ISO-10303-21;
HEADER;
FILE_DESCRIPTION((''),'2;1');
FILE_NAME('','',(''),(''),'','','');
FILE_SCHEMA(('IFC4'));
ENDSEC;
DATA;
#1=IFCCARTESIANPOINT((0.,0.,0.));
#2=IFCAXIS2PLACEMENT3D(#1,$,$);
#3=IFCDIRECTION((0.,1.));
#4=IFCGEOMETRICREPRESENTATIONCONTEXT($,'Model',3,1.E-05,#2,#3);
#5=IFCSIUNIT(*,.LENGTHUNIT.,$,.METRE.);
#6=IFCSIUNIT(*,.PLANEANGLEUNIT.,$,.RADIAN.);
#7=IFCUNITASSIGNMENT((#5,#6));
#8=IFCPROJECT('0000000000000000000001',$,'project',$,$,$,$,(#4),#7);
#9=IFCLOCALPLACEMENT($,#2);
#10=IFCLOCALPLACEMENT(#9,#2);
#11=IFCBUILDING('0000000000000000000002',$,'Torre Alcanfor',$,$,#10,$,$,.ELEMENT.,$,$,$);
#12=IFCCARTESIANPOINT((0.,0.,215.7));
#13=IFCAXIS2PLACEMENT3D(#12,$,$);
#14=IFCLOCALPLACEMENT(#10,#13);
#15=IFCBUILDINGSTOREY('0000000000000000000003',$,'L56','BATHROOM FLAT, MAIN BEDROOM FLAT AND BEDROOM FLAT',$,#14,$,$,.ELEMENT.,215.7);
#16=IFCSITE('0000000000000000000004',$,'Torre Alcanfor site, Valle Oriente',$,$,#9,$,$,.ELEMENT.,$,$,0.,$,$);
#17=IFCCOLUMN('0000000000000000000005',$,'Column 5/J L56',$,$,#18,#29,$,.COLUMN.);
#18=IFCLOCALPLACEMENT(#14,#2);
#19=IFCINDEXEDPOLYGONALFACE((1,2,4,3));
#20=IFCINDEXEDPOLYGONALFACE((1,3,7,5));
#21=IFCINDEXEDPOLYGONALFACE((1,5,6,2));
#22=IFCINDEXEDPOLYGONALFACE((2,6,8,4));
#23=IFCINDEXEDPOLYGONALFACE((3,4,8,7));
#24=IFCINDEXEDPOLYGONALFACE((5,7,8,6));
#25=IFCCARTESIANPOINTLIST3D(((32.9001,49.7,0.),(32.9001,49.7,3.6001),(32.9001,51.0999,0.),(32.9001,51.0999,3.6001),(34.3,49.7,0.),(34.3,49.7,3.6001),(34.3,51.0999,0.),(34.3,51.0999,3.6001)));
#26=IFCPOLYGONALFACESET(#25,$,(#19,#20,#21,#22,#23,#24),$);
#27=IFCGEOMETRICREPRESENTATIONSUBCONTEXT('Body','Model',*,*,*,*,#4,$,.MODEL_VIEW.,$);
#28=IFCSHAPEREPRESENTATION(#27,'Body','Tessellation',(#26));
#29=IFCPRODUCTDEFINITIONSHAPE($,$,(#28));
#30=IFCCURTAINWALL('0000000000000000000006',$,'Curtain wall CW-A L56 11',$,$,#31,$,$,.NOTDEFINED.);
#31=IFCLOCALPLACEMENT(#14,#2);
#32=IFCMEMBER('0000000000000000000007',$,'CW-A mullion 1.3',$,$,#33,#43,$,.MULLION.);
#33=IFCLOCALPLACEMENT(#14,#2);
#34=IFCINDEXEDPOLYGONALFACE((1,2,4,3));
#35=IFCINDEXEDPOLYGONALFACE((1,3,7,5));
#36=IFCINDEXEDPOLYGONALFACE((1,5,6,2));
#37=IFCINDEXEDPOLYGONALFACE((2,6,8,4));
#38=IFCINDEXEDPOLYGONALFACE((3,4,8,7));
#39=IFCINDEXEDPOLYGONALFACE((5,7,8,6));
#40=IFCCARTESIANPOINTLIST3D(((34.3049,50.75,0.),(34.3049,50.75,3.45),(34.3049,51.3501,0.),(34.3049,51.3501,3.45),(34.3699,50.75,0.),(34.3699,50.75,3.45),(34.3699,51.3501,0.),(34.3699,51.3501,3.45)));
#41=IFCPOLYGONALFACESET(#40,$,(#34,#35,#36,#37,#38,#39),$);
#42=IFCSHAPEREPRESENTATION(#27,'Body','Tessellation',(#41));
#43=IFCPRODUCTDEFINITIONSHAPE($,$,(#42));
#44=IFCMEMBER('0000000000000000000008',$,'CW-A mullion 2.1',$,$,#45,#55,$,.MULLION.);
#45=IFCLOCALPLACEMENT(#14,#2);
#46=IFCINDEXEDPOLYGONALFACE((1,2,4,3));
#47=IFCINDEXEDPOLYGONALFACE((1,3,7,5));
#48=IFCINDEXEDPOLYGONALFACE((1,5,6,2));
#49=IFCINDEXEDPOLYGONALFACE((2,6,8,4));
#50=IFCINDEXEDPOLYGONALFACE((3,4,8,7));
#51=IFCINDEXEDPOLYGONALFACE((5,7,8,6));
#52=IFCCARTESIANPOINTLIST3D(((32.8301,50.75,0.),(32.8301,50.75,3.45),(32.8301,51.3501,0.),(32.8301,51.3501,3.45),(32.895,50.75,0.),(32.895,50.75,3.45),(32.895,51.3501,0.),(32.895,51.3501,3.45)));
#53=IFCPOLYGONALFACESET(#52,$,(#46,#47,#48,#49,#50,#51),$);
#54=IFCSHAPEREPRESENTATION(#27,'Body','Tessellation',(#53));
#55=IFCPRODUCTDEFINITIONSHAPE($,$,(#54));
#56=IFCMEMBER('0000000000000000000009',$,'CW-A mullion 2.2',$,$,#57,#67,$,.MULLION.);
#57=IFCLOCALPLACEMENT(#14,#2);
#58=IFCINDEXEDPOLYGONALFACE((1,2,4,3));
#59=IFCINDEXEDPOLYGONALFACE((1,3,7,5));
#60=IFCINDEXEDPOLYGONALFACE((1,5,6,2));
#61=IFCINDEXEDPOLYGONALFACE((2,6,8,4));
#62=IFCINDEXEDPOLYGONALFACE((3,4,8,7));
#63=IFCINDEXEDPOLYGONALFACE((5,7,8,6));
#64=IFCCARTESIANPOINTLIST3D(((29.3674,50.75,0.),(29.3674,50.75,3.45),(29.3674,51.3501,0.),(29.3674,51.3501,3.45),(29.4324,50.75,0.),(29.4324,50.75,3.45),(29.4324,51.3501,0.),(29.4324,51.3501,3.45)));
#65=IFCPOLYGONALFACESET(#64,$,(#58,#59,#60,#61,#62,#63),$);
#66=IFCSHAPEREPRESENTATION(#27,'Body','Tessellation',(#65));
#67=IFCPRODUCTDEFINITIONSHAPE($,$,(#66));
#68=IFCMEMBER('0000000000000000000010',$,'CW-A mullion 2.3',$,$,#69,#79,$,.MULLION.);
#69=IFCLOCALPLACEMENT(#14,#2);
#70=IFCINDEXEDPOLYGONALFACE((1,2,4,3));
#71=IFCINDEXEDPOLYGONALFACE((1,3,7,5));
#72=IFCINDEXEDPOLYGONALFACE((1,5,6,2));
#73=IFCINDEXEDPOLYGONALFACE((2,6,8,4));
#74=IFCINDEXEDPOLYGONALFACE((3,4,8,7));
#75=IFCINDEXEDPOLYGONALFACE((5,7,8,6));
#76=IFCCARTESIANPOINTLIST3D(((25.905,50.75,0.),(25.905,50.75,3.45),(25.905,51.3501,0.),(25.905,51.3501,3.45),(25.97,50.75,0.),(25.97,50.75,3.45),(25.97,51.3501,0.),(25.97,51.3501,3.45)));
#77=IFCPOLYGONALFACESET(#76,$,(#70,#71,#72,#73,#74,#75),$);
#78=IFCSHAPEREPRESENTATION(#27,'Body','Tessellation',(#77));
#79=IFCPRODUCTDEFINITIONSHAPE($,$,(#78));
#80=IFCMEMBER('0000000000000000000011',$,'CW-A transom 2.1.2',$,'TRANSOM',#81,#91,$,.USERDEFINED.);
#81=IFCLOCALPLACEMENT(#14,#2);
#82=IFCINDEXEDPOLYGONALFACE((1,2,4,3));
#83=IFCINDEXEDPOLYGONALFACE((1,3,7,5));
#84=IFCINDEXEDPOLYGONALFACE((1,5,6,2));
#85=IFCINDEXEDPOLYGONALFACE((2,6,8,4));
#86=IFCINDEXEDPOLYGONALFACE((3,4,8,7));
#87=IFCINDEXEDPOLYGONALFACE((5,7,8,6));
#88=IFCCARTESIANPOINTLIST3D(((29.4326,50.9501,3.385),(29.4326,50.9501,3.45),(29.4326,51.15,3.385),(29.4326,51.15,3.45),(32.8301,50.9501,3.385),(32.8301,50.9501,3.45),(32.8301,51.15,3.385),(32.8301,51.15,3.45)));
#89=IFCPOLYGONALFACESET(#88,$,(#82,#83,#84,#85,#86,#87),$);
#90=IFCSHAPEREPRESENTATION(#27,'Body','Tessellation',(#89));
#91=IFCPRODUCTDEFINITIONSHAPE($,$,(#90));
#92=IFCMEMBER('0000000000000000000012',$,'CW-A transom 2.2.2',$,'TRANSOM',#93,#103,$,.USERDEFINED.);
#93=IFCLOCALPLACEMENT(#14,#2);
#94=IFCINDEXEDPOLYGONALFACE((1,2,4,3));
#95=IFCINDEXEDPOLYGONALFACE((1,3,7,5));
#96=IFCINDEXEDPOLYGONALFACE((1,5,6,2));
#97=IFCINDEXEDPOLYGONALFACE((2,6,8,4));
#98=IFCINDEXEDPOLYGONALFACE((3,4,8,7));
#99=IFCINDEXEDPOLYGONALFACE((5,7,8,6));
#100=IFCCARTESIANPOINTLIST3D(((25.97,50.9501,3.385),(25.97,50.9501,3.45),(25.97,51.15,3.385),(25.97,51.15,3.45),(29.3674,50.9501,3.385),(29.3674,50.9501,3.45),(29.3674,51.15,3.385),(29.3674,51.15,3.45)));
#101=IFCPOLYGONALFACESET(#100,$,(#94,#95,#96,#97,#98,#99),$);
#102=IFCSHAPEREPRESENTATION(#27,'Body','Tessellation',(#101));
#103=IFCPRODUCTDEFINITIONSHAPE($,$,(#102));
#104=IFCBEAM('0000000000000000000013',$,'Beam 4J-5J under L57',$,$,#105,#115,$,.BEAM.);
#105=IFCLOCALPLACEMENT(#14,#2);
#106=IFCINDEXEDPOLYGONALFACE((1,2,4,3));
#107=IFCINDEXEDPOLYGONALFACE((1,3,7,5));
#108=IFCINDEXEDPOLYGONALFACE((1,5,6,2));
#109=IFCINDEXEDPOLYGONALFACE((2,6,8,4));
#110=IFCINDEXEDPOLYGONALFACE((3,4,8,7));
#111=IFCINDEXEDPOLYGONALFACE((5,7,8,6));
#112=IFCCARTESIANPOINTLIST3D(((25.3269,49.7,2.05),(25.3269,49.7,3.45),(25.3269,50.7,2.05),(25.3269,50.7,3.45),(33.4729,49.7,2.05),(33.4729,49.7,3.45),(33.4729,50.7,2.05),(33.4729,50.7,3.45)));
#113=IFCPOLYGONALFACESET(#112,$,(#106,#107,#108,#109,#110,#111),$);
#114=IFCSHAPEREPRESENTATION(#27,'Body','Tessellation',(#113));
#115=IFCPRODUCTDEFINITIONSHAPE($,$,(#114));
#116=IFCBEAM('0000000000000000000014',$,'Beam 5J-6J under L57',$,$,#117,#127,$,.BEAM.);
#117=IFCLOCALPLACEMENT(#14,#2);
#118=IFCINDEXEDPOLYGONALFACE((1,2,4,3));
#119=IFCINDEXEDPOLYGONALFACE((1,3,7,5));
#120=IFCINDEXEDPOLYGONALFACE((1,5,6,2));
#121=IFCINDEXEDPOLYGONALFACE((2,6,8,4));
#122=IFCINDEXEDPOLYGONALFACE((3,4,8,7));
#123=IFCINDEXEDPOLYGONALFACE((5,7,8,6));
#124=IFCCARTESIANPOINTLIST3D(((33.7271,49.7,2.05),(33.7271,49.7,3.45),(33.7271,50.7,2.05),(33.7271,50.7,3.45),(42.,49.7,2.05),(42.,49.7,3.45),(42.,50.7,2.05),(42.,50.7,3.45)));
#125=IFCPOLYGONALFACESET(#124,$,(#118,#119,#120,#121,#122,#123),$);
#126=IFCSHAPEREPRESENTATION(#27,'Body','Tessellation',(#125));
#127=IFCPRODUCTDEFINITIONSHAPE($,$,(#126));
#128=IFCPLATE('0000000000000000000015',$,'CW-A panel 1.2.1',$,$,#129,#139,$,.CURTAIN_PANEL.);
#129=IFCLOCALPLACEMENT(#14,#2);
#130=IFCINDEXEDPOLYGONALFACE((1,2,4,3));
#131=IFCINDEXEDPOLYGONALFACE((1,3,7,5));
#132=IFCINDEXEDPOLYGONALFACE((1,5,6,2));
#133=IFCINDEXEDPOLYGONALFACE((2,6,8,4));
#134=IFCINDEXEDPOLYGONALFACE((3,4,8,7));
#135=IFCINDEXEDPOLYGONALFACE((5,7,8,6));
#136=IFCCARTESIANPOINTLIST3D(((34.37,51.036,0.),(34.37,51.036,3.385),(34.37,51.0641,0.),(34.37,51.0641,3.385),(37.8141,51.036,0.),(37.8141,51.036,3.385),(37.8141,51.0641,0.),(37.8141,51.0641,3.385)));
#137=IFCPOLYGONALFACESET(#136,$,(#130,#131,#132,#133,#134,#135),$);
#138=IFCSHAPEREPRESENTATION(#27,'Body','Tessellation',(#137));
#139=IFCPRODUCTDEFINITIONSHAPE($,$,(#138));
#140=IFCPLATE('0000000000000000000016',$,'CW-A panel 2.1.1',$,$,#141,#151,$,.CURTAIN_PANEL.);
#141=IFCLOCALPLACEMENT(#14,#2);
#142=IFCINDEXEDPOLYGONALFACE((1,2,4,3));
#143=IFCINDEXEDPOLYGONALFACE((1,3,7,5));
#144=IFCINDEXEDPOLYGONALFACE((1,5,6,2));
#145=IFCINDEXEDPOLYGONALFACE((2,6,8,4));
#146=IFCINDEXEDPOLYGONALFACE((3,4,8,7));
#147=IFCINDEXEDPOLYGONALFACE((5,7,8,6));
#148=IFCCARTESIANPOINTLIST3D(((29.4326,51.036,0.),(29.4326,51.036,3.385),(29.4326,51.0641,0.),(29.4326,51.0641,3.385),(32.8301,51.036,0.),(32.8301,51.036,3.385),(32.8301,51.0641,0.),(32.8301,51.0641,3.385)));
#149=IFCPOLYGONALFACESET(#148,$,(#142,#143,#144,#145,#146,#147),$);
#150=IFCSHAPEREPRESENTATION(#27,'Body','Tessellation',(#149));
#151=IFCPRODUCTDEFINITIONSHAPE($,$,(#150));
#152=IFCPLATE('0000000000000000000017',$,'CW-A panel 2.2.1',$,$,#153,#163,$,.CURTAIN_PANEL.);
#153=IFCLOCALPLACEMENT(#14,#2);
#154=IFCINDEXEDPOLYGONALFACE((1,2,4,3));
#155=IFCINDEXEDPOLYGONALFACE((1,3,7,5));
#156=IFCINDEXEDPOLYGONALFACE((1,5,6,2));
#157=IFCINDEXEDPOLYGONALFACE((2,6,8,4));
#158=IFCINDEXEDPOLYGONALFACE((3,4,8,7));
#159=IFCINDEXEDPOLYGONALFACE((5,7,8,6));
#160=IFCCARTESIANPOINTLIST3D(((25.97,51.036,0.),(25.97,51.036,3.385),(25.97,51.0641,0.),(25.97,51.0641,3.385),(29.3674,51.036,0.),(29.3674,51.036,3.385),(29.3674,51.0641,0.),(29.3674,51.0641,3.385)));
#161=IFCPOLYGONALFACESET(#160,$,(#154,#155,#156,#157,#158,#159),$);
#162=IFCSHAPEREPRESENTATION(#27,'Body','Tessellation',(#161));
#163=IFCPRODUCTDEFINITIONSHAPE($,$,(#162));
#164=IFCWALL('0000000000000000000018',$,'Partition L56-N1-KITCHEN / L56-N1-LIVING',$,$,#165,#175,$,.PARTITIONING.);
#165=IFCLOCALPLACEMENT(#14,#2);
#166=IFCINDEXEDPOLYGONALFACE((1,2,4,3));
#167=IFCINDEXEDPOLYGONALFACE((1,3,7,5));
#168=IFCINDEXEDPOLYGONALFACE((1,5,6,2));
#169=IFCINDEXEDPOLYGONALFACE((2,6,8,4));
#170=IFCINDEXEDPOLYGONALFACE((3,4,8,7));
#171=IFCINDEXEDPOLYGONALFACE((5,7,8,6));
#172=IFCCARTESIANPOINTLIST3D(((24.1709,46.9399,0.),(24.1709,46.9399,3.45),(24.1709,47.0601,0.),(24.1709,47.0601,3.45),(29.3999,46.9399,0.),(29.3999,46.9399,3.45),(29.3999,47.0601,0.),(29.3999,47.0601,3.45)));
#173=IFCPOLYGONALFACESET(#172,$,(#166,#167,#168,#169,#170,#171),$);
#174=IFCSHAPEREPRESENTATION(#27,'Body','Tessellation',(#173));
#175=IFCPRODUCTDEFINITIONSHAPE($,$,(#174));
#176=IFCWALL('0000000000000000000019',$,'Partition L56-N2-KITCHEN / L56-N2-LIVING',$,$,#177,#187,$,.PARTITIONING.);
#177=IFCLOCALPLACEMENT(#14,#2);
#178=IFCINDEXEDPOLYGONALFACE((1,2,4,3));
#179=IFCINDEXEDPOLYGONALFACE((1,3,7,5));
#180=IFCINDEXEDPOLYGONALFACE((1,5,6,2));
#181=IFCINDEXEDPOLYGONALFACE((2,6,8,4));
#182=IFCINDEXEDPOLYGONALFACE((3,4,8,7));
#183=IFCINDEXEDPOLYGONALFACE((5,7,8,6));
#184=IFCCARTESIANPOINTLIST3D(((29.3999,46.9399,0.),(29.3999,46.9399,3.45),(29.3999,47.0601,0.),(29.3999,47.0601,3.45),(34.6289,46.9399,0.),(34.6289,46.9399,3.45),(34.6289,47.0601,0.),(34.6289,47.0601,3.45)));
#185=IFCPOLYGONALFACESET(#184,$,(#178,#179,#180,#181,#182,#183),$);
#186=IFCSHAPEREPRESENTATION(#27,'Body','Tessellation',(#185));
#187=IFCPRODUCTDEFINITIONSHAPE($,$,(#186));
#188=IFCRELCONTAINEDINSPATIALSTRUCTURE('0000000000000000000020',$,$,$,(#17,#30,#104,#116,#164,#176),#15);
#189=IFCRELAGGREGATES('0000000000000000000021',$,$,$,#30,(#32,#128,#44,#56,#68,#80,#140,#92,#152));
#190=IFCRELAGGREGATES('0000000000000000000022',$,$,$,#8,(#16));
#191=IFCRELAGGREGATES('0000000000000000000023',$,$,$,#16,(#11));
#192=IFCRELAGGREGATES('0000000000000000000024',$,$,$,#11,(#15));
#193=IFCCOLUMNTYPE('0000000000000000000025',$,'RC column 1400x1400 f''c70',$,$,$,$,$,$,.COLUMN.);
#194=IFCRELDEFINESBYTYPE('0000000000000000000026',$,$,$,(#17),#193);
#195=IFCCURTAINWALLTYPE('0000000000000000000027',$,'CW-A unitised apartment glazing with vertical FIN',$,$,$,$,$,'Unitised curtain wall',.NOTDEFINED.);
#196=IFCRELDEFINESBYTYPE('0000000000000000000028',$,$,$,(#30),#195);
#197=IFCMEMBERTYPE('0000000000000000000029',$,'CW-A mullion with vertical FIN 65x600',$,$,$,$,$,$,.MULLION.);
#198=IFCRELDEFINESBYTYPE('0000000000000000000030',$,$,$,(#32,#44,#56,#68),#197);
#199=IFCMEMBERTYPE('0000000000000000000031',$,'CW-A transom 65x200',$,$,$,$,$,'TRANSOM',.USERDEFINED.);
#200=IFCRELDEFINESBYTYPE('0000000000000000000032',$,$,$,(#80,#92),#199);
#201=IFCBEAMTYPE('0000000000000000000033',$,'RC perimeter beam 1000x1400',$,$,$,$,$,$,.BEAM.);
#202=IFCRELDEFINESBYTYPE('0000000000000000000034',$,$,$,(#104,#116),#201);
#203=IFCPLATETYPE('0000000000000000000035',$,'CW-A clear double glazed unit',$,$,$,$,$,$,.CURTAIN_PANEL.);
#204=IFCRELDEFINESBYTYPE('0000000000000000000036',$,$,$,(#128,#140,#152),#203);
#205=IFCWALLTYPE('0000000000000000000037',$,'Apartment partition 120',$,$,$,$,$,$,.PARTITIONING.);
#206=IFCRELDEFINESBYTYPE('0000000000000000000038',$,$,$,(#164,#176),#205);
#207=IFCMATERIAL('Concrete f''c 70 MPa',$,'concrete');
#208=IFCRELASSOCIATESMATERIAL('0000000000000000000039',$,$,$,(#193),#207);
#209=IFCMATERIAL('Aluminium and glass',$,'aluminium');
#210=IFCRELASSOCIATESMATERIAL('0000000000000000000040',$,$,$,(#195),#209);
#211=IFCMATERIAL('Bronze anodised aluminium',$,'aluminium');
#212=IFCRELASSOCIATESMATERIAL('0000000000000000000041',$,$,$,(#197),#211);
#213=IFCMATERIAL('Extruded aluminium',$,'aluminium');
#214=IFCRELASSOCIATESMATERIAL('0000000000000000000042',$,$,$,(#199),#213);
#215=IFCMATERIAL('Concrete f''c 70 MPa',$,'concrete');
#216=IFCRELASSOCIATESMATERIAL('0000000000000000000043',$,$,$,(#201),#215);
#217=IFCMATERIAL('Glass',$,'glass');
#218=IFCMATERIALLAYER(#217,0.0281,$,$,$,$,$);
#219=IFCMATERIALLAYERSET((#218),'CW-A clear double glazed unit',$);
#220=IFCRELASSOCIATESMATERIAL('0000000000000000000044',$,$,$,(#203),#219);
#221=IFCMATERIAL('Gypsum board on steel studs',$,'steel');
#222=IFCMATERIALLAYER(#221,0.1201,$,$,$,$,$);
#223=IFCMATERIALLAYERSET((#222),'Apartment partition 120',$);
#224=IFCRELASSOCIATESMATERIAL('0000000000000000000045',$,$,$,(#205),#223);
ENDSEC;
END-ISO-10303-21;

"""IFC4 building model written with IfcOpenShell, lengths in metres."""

from ifc_helpers import new_model, si_unit, direction, frame, frame_2d, origin, origin_2d, place, context, subcontext, project, spatial, rectangle, extrude, material, layer, layer_set, material_profile, profile_set, type_object, element, aggregate, save


model = new_model("IFC4")

# Units and contexts
model_context = context("Model", 3, precision=1e-05, world=origin(), true_north=direction((0.0, 1.0)))
body_context = subcontext(model_context, "Body", "Model", "MODEL_VIEW")
ifc_project = project(units=[si_unit("LENGTHUNIT", "METRE"), si_unit("PLANEANGLEUNIT", "RADIAN")], contexts=[model_context])

# Site, building, storey
site_placement = place(None, origin())
site = spatial("IfcSite", under=ifc_project, at=site_placement, Name="Torre Alcanfor site, Valle Oriente", CompositionType="ELEMENT", RefElevation=0.0)
building_placement = place(site_placement, origin())
building = spatial("IfcBuilding", under=site, at=building_placement, Name="Torre Alcanfor", CompositionType="ELEMENT")
storey_placement = place(building_placement, frame((0.0, 0.0, 215.7)))
storey = spatial("IfcBuildingStorey", under=building, at=storey_placement, Name="L56", Description="BATHROOM FLAT, MAIN BEDROOM FLAT AND BEDROOM FLAT", CompositionType="ELEMENT", Elevation=215.7)

# Column
ifc_material_1 = material(Name="Concrete f'c 70 MPa", Category="concrete")
ifc_material_profile_1 = material_profile(ifc_material_1, rectangle(XDim=1.3999, YDim=1.3999, at=origin_2d()), Name="1400x1400")
ifc_profile_set_1 = profile_set([ifc_material_profile_1], Name="Concrete f'c 70 MPa")
column_type = type_object("IfcColumnType", Name="RC column 1400x1400 f'c70", PredefinedType="COLUMN", material=ifc_profile_set_1)
column_placement = place(storey_placement, frame((33.6001, 50.3999, 0.0), z_axis=(0.0, 0.0, 1.0), x_axis=(1.0, 0.0, 0.0)))
element("IfcColumn", 1, at=column_placement, inside=storey, type_object=column_type, Name="Column 5/J L56", PredefinedType="COLUMN", context=body_context, shape_type="SweptSolid", body=[
    extrude(rectangle(XDim=1.3999, YDim=1.3999, at=origin_2d()), origin(), (0.0, 0.0, 1.0), 3.6001),
])

# Curtain wall, members
ifc_material_2 = material(Name="Aluminium and glass", Category="aluminium")
curtain_wall_type = type_object("IfcCurtainWallType", Name="CW-A unitised apartment glazing with vertical FIN", ElementType="Unitised curtain wall", PredefinedType="NOTDEFINED", material=ifc_material_2)
curtain_wall_placement = place(storey_placement, origin())
curtain_wall = element("IfcCurtainWall", 2, at=curtain_wall_placement, inside=storey, type_object=curtain_wall_type, Name="Curtain wall CW-A L56 11", PredefinedType="NOTDEFINED")
ifc_material_3 = material(Name="Bronze anodised aluminium", Category="aluminium")
ifc_material_profile_2 = material_profile(ifc_material_3, rectangle(XDim=0.6001, YDim=0.0649, at=origin_2d()), Name="CW-A mullion 65x600")
ifc_profile_set_2 = profile_set([ifc_material_profile_2], Name="Bronze anodised aluminium")
member_type_1 = type_object("IfcMemberType", Name="CW-A mullion with vertical FIN 65x600", PredefinedType="MULLION", material=ifc_profile_set_2)
member_1_placement = place(storey_placement, frame((34.3374, 51.05, 0.0), z_axis=(0.0, 0.0, 1.0), x_axis=(0.0, -1.0, 0.0)))
member_1 = element("IfcMember", 3, at=member_1_placement, type_object=member_type_1, Name="CW-A mullion 1.3", PredefinedType="MULLION", context=body_context, shape_type="SweptSolid", body=[
    extrude(rectangle(XDim=0.6001, YDim=0.0649, at=origin_2d()), origin(), (0.0, 0.0, 1.0), 3.45),
])
member_2_placement = place(storey_placement, frame((32.8625, 51.05, 0.0), z_axis=(0.0, 0.0, 1.0), x_axis=(0.0, -1.0, 0.0)))
member_2 = element("IfcMember", 4, at=member_2_placement, type_object=member_type_1, Name="CW-A mullion 2.1", PredefinedType="MULLION", context=body_context, shape_type="SweptSolid", body=[
    extrude(rectangle(XDim=0.6001, YDim=0.0649, at=origin_2d()), origin(), (0.0, 0.0, 1.0), 3.45),
])
member_3_placement = place(storey_placement, frame((29.3999, 51.05, 0.0), z_axis=(0.0, 0.0, 1.0), x_axis=(0.0, -1.0, 0.0)))
member_3 = element("IfcMember", 5, at=member_3_placement, type_object=member_type_1, Name="CW-A mullion 2.2", PredefinedType="MULLION", context=body_context, shape_type="SweptSolid", body=[
    extrude(rectangle(XDim=0.6001, YDim=0.0649, at=origin_2d()), origin(), (0.0, 0.0, 1.0), 3.45),
])
member_4_placement = place(storey_placement, frame((25.9375, 51.05, 0.0), z_axis=(0.0, 0.0, 1.0), x_axis=(0.0, -1.0, 0.0)))
member_4 = element("IfcMember", 6, at=member_4_placement, type_object=member_type_1, Name="CW-A mullion 2.3", PredefinedType="MULLION", context=body_context, shape_type="SweptSolid", body=[
    extrude(rectangle(XDim=0.6001, YDim=0.0649, at=origin_2d()), origin(), (0.0, 0.0, 1.0), 3.45),
])
ifc_material_4 = material(Name="Extruded aluminium", Category="aluminium")
ifc_material_profile_3 = material_profile(ifc_material_4, rectangle(XDim=0.2, YDim=0.0649, at=origin_2d()), Name="CW-A transom 200x65")
ifc_profile_set_3 = profile_set([ifc_material_profile_3], Name="Extruded aluminium")
member_type_2 = type_object("IfcMemberType", Name="CW-A transom 65x200", ElementType="TRANSOM", PredefinedType="USERDEFINED", material=ifc_profile_set_3)
member_5_placement = place(storey_placement, frame((32.8301, 51.05, 3.4175), z_axis=(-1.0, 0.0, 0.0), x_axis=(0.0, -1.0, 0.0)))
member_5 = element("IfcMember", 7, at=member_5_placement, type_object=member_type_2, Name="CW-A transom 2.1.2", ObjectType="TRANSOM", PredefinedType="USERDEFINED", context=body_context, shape_type="SweptSolid", body=[
    extrude(rectangle(XDim=0.2, YDim=0.0649, at=origin_2d()), origin(), (0.0, 0.0, 1.0), 3.3975),
])
member_6_placement = place(storey_placement, frame((29.3674, 51.05, 3.4175), z_axis=(-1.0, 0.0, 0.0), x_axis=(0.0, -1.0, 0.0)))
member_6 = element("IfcMember", 8, at=member_6_placement, type_object=member_type_2, Name="CW-A transom 2.2.2", ObjectType="TRANSOM", PredefinedType="USERDEFINED", context=body_context, shape_type="SweptSolid", body=[
    extrude(rectangle(XDim=0.2, YDim=0.0649, at=origin_2d()), origin(), (0.0, 0.0, 1.0), 3.3975),
])

# Beams
ifc_material_5 = material(Name="Concrete f'c 70 MPa", Category="concrete")
ifc_material_profile_4 = material_profile(ifc_material_5, rectangle(XDim=1.0, YDim=1.3999, at=origin_2d()), Name="1000x1400")
ifc_profile_set_4 = profile_set([ifc_material_profile_4], Name="Concrete f'c 70 MPa")
beam_type = type_object("IfcBeamType", Name="RC perimeter beam 1000x1400", PredefinedType="BEAM", material=ifc_profile_set_4)
beam_1_placement = place(storey_placement, frame((25.3269, 50.2, 2.75), z_axis=(1.0, 0.0, 0.0), x_axis=(0.0, 1.0, 0.0)))
element("IfcBeam", 9, at=beam_1_placement, inside=storey, type_object=beam_type, Name="Beam 4J-5J under L57", PredefinedType="BEAM", context=body_context, shape_type="SweptSolid", body=[
    extrude(rectangle(XDim=1.0, YDim=1.3999, at=origin_2d()), origin(), (0.0, 0.0, 1.0), 8.146),
])
beam_2_placement = place(storey_placement, frame((33.7271, 50.2, 2.75), z_axis=(1.0, 0.0, 0.0), x_axis=(0.0, 1.0, 0.0)))
element("IfcBeam", 10, at=beam_2_placement, inside=storey, type_object=beam_type, Name="Beam 5J-6J under L57", PredefinedType="BEAM", context=body_context, shape_type="SweptSolid", body=[
    extrude(rectangle(XDim=1.0, YDim=1.3999, at=origin_2d()), origin(), (0.0, 0.0, 1.0), 8.2729),
])

# Plates
ifc_material_6 = material(Name="Glass", Category="glass")
ifc_layer_1 = layer(ifc_material_6, 0.0281)
ifc_layer_set_1 = layer_set([ifc_layer_1], Name="CW-A clear double glazed unit")
plate_type = type_object("IfcPlateType", Name="CW-A clear double glazed unit", PredefinedType="CURTAIN_PANEL", material=ifc_layer_set_1)
plate_1_placement = place(storey_placement, frame((36.092, 51.05, 0.0), z_axis=(0.0, 0.0, 1.0), x_axis=(-1.0, 0.0, 0.0)))
plate_1 = element("IfcPlate", 11, at=plate_1_placement, type_object=plate_type, Name="CW-A panel 1.2.1", PredefinedType="CURTAIN_PANEL", context=body_context, shape_type="SweptSolid", body=[
    extrude(rectangle(XDim=3.4441, YDim=0.0281, at=origin_2d()), origin(), (0.0, 0.0, 1.0), 3.385),
])
plate_2_placement = place(storey_placement, frame((31.1313, 51.05, 0.0), z_axis=(0.0, 0.0, 1.0), x_axis=(-1.0, 0.0, 0.0)))
plate_2 = element("IfcPlate", 12, at=plate_2_placement, type_object=plate_type, Name="CW-A panel 2.1.1", PredefinedType="CURTAIN_PANEL", context=body_context, shape_type="SweptSolid", body=[
    extrude(rectangle(XDim=3.3975, YDim=0.0281, at=origin_2d()), origin(), (0.0, 0.0, 1.0), 3.385),
])
plate_3_placement = place(storey_placement, frame((27.6687, 51.05, 0.0), z_axis=(0.0, 0.0, 1.0), x_axis=(-1.0, 0.0, 0.0)))
plate_3 = element("IfcPlate", 13, at=plate_3_placement, type_object=plate_type, Name="CW-A panel 2.2.1", PredefinedType="CURTAIN_PANEL", context=body_context, shape_type="SweptSolid", body=[
    extrude(rectangle(XDim=3.3975, YDim=0.0281, at=origin_2d()), origin(), (0.0, 0.0, 1.0), 3.385),
])
aggregate(curtain_wall, [member_1, plate_1, member_2, member_3, member_4, member_5, plate_2, member_6, plate_3])

# Walls
ifc_material_7 = material(Name="Gypsum board on steel studs", Category="steel")
ifc_layer_2 = layer(ifc_material_7, 0.1201)
ifc_layer_set_2 = layer_set([ifc_layer_2], Name="Apartment partition 120")
wall_type_1 = type_object("IfcWallType", Name="Apartment partition 120", PredefinedType="PARTITIONING", material=ifc_layer_set_2)
for number, where, z_axis, x_axis, name in (
    (14, (29.3999, 47.0, 0.0), (0.0, 0.0, 1.0), (-1.0, 0.0, 0.0), "Partition L56-N1-KITCHEN / L56-N1-LIVING"),
    (15, (29.3999, 47.0, 0.0), (0.0, 0.0, 1.0), (1.0, 0.0, 0.0), "Partition L56-N2-KITCHEN / L56-N2-LIVING"),
):
    element("IfcWall", number, at=place(storey_placement, frame(where, z_axis=z_axis, x_axis=x_axis)), inside=storey, type_object=wall_type_1, Name=name, PredefinedType="PARTITIONING", context=body_context, shape_type="SweptSolid", body=[
        extrude(rectangle(XDim=5.229, YDim=0.1201, at=frame_2d((2.6145, 0.0))), origin(), (0.0, 0.0, 1.0), 3.45),
    ])

save(model, "model.ifc")
